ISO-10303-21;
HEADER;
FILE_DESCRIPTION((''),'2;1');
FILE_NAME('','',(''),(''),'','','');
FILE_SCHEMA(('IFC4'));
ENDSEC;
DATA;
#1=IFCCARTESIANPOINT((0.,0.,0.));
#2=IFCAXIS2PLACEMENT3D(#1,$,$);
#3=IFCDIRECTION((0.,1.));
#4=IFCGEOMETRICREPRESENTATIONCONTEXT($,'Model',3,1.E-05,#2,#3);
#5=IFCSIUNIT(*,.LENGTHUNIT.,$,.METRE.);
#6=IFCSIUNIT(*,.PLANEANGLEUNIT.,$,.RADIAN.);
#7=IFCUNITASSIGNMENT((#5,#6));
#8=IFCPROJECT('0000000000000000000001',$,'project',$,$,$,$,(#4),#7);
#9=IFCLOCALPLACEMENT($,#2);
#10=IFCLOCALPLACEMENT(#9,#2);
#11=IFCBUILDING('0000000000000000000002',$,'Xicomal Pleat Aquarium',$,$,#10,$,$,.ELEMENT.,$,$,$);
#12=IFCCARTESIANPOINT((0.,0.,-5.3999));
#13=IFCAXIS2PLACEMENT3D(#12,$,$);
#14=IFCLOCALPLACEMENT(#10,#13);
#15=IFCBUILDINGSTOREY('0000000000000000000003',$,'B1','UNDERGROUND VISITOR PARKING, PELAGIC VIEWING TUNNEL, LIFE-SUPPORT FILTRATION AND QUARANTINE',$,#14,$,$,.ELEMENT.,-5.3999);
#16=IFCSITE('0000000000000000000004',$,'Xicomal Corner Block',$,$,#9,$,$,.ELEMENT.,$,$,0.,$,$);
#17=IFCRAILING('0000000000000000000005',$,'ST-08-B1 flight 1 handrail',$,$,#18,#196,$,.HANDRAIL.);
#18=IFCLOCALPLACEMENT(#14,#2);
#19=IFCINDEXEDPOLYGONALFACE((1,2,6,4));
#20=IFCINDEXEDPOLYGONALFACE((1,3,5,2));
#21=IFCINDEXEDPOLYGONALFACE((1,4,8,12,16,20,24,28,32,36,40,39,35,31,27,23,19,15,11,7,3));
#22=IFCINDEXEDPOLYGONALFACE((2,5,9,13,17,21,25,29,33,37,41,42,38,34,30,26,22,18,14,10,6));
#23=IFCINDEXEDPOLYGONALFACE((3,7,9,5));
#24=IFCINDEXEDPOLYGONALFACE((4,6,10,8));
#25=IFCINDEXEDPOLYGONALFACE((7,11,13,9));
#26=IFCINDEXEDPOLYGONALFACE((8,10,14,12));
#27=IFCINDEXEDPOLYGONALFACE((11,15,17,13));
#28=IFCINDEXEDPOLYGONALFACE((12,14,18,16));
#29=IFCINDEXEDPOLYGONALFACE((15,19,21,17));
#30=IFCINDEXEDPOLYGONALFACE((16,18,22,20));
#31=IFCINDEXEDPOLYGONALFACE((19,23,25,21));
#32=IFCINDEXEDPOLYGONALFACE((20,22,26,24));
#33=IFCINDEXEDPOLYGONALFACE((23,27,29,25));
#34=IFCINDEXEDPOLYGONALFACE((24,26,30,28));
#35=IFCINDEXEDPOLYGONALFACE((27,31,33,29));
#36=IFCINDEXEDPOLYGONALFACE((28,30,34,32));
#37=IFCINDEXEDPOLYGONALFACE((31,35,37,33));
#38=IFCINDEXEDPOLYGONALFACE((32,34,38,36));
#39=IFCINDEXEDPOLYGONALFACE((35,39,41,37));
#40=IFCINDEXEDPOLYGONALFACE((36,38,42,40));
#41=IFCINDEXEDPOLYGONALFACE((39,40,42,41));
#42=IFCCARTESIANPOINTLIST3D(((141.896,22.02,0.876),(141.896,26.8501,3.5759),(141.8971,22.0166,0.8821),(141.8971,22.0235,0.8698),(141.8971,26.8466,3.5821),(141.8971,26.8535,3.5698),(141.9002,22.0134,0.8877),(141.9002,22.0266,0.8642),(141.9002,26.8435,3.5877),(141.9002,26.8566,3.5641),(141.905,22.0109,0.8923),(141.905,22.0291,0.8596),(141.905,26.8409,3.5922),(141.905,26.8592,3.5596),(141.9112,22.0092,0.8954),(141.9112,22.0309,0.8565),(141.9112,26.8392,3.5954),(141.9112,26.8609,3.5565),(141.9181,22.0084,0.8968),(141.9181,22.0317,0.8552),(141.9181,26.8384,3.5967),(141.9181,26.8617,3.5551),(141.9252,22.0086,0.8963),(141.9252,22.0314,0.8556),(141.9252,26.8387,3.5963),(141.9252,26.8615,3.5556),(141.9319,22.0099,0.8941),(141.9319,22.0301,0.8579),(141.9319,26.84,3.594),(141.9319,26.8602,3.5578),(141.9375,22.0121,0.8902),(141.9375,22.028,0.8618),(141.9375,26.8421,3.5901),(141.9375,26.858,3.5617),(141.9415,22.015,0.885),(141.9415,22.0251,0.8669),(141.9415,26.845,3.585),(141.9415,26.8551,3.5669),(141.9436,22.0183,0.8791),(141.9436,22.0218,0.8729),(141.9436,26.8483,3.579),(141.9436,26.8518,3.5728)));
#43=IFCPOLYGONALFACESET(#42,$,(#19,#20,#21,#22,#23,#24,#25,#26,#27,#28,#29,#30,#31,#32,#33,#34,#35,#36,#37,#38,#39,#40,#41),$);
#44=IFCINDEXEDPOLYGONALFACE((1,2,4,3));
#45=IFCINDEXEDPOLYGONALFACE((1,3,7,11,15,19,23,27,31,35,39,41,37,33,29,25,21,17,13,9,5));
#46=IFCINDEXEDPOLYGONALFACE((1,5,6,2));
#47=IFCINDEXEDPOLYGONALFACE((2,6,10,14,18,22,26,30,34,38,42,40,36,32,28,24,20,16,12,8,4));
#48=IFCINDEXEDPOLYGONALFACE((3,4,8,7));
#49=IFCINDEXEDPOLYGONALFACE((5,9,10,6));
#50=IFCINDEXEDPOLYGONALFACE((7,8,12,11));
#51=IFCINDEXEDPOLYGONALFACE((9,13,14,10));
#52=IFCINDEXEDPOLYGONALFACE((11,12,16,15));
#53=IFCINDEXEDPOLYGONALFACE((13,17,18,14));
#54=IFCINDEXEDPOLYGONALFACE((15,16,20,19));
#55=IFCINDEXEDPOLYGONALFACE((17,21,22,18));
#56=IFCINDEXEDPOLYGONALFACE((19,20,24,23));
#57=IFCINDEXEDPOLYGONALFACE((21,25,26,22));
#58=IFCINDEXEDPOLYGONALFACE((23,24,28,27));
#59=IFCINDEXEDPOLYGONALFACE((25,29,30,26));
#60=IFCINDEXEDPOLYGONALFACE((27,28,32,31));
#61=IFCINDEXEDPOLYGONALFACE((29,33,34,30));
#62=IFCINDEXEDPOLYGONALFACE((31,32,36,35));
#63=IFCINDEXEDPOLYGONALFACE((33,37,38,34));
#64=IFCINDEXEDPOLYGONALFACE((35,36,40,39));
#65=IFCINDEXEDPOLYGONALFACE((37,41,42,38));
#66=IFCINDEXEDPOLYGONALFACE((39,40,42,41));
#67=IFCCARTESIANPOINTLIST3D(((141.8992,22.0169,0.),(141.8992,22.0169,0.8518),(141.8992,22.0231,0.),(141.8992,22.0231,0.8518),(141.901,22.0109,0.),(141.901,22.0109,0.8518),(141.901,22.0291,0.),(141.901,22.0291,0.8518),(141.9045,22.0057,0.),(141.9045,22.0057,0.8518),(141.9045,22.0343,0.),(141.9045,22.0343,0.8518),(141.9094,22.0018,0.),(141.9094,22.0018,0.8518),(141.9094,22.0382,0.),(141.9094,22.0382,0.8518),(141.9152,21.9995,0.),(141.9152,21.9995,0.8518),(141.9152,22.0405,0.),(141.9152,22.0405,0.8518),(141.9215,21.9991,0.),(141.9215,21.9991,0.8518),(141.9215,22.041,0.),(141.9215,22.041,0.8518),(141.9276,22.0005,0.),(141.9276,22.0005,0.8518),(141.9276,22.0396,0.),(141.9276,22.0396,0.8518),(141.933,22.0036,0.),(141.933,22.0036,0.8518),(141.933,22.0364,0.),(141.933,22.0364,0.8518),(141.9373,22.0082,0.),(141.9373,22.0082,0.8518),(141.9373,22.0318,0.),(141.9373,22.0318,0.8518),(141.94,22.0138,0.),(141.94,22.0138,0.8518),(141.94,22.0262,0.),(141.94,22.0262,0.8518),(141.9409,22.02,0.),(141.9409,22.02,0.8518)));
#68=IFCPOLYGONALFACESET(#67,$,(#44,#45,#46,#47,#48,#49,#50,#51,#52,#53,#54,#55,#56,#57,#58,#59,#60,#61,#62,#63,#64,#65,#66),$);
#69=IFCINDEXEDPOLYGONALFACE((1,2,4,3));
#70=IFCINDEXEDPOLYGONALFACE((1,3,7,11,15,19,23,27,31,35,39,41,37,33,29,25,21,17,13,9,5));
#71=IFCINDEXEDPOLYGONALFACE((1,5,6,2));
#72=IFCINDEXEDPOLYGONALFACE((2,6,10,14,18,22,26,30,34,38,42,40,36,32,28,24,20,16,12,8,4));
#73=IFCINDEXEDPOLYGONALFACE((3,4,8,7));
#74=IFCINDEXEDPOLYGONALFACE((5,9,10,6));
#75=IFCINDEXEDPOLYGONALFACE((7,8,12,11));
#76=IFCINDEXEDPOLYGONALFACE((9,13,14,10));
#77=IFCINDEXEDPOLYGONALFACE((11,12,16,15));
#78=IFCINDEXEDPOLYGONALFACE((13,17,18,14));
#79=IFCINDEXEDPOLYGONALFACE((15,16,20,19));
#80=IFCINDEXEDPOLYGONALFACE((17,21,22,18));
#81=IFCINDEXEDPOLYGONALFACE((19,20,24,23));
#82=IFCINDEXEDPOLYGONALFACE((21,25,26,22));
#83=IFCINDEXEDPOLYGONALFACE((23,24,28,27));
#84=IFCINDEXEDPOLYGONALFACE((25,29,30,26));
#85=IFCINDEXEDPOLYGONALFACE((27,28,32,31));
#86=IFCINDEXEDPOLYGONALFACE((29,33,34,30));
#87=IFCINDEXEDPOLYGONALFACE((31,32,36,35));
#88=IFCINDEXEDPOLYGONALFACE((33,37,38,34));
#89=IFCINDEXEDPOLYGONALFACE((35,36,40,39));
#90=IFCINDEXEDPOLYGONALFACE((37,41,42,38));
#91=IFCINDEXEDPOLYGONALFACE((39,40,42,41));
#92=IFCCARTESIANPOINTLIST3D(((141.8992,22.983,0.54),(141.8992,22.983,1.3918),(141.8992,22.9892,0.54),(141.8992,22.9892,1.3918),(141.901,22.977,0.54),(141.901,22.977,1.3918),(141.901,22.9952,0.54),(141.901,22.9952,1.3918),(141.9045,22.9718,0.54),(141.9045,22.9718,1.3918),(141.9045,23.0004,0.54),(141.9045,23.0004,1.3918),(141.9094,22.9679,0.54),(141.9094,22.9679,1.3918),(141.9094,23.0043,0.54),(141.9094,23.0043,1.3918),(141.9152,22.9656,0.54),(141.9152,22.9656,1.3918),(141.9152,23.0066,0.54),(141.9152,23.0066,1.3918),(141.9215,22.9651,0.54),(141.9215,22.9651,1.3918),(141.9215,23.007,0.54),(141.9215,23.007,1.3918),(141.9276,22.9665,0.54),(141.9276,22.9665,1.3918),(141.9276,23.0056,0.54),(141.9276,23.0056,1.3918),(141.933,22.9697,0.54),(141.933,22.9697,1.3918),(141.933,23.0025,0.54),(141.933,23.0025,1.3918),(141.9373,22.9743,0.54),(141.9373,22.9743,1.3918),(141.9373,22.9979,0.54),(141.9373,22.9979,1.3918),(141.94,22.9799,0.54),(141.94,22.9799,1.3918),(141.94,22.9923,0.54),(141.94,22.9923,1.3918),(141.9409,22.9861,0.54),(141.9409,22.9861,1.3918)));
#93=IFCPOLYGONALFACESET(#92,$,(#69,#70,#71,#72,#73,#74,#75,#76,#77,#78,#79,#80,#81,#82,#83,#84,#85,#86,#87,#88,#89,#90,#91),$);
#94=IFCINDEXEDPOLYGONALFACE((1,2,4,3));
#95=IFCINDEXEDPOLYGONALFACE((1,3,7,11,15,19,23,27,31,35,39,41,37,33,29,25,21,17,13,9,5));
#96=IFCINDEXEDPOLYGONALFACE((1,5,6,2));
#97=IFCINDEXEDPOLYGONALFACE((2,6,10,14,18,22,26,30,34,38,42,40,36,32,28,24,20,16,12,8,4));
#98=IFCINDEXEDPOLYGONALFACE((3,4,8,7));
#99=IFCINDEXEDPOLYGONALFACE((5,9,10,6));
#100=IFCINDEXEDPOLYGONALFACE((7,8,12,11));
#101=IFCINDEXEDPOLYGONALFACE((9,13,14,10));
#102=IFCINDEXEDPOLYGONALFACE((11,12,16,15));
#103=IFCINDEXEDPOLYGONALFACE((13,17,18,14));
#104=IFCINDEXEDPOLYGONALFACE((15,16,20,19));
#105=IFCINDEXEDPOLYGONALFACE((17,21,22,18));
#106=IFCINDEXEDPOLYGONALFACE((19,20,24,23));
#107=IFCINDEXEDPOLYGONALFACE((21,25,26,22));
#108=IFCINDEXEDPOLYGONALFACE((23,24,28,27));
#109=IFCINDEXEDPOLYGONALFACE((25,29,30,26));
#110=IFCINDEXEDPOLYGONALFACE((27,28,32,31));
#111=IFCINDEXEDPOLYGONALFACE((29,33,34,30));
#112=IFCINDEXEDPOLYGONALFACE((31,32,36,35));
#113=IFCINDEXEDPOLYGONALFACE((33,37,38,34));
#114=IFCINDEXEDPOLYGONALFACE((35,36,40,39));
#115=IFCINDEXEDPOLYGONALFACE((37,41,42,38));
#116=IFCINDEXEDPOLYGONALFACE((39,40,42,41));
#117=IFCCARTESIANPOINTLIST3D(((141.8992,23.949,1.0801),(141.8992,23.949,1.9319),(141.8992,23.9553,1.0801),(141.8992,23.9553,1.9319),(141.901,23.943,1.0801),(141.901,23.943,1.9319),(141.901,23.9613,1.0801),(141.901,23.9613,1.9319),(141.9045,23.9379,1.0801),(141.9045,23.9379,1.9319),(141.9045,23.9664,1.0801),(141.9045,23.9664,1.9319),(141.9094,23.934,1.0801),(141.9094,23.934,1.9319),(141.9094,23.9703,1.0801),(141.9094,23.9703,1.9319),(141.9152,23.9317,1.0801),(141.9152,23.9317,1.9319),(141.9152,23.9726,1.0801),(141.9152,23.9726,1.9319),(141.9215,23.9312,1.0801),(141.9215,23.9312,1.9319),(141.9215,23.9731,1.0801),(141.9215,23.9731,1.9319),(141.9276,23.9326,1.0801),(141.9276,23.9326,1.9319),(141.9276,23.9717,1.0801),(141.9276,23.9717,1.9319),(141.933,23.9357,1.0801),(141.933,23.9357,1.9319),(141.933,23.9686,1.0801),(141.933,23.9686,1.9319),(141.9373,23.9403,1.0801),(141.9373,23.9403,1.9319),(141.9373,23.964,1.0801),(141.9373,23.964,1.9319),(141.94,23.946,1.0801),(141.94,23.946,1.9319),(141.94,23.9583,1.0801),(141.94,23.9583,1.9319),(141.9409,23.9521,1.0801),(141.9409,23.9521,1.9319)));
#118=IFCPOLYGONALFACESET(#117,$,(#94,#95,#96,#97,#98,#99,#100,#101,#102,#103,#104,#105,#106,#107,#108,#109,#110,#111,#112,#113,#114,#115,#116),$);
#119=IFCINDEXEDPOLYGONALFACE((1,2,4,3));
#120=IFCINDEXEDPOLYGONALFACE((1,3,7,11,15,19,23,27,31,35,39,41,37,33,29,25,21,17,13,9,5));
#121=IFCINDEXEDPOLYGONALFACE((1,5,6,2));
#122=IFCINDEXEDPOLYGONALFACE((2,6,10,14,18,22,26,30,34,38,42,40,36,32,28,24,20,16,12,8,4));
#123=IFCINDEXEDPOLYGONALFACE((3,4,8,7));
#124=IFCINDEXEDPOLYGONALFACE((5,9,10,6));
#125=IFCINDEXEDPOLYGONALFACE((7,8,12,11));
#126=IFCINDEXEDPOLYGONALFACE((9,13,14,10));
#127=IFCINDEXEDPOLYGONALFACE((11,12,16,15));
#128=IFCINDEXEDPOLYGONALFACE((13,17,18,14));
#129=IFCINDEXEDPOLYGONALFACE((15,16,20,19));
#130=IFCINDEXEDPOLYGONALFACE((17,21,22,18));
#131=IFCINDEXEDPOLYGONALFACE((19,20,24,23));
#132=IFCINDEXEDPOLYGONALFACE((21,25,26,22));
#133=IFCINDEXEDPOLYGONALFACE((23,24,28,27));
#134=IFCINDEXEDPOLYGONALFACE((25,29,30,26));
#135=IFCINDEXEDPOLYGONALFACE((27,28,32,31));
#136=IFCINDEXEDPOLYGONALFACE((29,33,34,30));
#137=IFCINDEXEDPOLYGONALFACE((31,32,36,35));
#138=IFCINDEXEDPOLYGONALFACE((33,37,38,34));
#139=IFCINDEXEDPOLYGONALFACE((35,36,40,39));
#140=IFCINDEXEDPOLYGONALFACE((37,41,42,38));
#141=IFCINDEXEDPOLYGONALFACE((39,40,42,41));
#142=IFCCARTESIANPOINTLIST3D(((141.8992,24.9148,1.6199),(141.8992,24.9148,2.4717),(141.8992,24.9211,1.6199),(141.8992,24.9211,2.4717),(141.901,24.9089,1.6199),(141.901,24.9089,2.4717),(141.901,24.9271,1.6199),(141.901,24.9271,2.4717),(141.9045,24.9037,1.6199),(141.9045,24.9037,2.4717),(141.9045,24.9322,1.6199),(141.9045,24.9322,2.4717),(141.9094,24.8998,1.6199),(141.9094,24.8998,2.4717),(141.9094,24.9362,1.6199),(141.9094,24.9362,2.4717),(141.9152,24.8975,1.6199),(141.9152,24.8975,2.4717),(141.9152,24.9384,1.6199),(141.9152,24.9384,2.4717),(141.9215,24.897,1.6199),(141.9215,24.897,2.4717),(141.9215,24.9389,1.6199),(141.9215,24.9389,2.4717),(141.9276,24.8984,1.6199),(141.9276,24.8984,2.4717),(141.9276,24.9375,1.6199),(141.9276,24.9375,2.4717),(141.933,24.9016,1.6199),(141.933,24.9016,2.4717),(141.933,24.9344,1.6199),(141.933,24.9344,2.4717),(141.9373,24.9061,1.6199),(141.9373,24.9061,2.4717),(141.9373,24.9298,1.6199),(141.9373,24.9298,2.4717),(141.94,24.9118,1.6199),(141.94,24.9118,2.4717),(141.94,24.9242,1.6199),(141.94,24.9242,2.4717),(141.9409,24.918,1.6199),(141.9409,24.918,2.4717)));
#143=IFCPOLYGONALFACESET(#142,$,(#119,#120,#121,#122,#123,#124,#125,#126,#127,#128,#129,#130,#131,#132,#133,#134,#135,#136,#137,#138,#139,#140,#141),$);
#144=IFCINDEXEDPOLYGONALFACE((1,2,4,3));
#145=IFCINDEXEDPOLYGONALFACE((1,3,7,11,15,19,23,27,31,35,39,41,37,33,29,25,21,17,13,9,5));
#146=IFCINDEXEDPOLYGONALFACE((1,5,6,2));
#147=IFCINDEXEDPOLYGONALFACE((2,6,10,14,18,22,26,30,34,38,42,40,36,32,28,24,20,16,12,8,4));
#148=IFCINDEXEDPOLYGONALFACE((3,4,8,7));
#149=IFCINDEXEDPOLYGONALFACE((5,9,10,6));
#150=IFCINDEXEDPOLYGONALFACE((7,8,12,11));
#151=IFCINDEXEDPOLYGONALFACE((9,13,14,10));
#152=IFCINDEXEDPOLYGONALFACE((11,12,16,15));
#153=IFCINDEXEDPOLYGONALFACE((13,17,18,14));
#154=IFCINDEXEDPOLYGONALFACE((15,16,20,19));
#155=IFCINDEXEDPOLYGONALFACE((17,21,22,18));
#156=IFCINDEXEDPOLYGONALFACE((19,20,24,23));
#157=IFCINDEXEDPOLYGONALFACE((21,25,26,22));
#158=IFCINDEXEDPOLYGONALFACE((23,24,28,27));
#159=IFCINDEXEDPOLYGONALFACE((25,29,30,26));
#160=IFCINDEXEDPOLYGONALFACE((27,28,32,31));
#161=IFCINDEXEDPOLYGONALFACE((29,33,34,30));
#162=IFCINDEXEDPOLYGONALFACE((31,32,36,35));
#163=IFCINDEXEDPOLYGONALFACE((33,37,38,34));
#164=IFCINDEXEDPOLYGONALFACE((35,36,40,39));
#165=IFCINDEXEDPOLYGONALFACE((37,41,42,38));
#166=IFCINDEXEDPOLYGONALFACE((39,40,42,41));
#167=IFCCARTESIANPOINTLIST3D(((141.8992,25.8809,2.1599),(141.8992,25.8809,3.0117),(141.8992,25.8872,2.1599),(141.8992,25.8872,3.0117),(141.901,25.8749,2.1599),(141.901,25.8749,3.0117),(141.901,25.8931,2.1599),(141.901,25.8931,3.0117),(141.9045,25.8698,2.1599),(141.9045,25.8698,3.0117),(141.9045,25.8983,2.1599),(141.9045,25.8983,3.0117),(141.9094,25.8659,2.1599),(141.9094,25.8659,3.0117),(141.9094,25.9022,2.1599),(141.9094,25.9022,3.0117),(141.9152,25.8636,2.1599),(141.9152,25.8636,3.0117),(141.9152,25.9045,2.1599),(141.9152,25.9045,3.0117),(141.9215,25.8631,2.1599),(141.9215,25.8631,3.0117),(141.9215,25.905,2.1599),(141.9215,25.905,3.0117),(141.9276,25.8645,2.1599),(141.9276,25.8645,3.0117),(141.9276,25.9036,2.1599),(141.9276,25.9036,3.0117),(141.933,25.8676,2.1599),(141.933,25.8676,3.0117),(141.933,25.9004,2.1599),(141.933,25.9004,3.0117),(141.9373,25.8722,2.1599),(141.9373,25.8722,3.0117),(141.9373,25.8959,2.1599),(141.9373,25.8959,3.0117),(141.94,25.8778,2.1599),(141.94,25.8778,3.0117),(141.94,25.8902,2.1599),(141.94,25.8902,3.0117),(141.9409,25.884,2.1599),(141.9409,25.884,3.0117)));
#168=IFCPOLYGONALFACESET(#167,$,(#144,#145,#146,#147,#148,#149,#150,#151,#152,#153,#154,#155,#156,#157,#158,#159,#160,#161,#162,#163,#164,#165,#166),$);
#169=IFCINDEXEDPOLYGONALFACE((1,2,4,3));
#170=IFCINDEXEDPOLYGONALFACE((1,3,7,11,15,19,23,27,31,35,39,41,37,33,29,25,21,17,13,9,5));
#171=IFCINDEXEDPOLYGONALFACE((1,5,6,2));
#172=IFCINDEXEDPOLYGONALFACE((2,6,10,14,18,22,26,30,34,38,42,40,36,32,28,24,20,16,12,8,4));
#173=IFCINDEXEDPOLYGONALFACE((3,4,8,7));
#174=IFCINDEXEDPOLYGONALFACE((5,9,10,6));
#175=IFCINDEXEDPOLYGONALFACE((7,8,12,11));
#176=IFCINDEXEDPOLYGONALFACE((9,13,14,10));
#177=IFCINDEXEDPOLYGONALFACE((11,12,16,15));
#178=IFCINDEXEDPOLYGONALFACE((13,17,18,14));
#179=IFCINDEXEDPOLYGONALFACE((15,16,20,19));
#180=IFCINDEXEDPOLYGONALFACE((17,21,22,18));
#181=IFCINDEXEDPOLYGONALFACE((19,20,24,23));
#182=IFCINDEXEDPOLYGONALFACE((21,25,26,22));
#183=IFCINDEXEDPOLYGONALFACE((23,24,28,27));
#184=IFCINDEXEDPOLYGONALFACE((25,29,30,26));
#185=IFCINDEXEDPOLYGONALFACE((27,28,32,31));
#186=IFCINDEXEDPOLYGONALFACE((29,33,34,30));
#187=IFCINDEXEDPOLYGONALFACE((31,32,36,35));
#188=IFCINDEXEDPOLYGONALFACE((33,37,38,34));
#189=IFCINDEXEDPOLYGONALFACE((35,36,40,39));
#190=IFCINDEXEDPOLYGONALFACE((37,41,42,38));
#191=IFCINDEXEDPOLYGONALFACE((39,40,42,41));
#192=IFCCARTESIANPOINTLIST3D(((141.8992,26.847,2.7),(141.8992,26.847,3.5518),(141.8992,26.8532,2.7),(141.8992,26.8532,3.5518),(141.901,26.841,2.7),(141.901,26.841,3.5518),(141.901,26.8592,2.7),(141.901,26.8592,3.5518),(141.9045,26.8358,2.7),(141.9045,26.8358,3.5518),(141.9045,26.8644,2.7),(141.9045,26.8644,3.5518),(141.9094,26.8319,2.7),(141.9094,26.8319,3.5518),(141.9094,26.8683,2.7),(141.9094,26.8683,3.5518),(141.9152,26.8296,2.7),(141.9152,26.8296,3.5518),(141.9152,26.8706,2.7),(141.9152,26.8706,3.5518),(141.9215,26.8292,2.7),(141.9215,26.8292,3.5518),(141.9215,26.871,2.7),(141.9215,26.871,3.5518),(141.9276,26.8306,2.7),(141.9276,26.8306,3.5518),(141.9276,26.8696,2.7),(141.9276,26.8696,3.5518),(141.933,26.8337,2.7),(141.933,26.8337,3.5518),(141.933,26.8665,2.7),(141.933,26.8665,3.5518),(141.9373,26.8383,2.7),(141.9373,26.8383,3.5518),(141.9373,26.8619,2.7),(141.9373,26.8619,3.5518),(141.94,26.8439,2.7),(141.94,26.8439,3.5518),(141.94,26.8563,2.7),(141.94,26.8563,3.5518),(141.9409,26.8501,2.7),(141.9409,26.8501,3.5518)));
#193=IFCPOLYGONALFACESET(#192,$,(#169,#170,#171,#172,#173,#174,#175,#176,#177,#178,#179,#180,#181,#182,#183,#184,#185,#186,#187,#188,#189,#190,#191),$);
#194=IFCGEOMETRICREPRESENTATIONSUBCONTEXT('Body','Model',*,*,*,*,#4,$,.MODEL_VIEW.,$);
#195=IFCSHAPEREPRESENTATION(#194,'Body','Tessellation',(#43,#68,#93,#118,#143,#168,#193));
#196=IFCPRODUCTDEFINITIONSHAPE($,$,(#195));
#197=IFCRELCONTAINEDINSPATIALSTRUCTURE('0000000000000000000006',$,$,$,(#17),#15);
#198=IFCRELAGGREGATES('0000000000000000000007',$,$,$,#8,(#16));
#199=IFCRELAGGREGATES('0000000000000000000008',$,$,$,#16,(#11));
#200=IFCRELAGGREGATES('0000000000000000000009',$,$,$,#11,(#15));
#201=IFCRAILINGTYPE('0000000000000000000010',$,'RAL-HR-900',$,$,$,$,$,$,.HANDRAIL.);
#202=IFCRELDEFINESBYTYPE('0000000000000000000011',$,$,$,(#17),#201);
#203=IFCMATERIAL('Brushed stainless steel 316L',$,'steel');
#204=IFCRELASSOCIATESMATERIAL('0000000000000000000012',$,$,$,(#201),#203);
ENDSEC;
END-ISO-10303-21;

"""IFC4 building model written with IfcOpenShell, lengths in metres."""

from ifc_helpers import new_model, si_unit, direction, frame, origin, origin_2d, place, context, subcontext, project, spatial, circle, extrude, material, type_object, element, save


model = new_model("IFC4")

# Units and contexts
model_context = context("Model", 3, precision=1e-05, world=origin(), true_north=direction((0.0, 1.0)))
body_context = subcontext(model_context, "Body", "Model", "MODEL_VIEW")
ifc_project = project(units=[si_unit("LENGTHUNIT", "METRE"), si_unit("PLANEANGLEUNIT", "RADIAN")], contexts=[model_context])

# Site, building, storey
site_placement = place(None, origin())
site = spatial("IfcSite", under=ifc_project, at=site_placement, Name="Xicomal Corner Block", CompositionType="ELEMENT", RefElevation=0.0)
building_placement = place(site_placement, origin())
building = spatial("IfcBuilding", under=site, at=building_placement, Name="Xicomal Pleat Aquarium", CompositionType="ELEMENT")
storey_placement = place(building_placement, frame((0.0, 0.0, -5.3999)))
storey = spatial("IfcBuildingStorey", under=building, at=storey_placement, Name="B1", Description="UNDERGROUND VISITOR PARKING, PELAGIC VIEWING TUNNEL, LIFE-SUPPORT FILTRATION AND QUARANTINE", CompositionType="ELEMENT", Elevation=-5.3999)

# Railing
ifc_material_1 = material(Name="Brushed stainless steel 316L", Category="steel")
railing_type_1 = type_object("IfcRailingType", Name="RAL-HR-900", PredefinedType="HANDRAIL", material=ifc_material_1)
railing_1_placement = place(storey_placement, frame((141.9199, 22.02, 0.0)))
element("IfcRailing", 1, at=railing_1_placement, inside=storey, type_object=railing_type_1, Name="ST-08-B1 flight 1 handrail", PredefinedType="HANDRAIL", context=body_context, shape_type="SweptSolid", body=[
    extrude(circle(Radius=0.0239, at=origin_2d()), frame((0.0, 0.0, 0.876), z_axis=(0.0, 0.872883, 0.48793), x_axis=(-1.0, 0.0, 0.0)), (0.0, 0.0, 1.0), 5.5334),
    extrude(circle(Radius=0.021, at=origin_2d()), origin(), (0.0, 0.0, 1.0), 0.8518),
    extrude(circle(Radius=0.021, at=origin_2d()), frame((0.0, 0.9661, 0.54)), (0.0, 0.0, 1.0), 0.8518),
    extrude(circle(Radius=0.021, at=origin_2d()), frame((0.0, 1.9321, 1.0801)), (0.0, 0.0, 1.0), 0.8518),
    extrude(circle(Radius=0.021, at=origin_2d()), frame((0.0, 2.8979, 1.6199)), (0.0, 0.0, 1.0), 0.8518),
    extrude(circle(Radius=0.021, at=origin_2d()), frame((0.0, 3.864, 2.1599)), (0.0, 0.0, 1.0), 0.8518),
    extrude(circle(Radius=0.021, at=origin_2d()), frame((0.0, 4.8301, 2.7)), (0.0, 0.0, 1.0), 0.8518),
])

save(model, "model.ifc")
